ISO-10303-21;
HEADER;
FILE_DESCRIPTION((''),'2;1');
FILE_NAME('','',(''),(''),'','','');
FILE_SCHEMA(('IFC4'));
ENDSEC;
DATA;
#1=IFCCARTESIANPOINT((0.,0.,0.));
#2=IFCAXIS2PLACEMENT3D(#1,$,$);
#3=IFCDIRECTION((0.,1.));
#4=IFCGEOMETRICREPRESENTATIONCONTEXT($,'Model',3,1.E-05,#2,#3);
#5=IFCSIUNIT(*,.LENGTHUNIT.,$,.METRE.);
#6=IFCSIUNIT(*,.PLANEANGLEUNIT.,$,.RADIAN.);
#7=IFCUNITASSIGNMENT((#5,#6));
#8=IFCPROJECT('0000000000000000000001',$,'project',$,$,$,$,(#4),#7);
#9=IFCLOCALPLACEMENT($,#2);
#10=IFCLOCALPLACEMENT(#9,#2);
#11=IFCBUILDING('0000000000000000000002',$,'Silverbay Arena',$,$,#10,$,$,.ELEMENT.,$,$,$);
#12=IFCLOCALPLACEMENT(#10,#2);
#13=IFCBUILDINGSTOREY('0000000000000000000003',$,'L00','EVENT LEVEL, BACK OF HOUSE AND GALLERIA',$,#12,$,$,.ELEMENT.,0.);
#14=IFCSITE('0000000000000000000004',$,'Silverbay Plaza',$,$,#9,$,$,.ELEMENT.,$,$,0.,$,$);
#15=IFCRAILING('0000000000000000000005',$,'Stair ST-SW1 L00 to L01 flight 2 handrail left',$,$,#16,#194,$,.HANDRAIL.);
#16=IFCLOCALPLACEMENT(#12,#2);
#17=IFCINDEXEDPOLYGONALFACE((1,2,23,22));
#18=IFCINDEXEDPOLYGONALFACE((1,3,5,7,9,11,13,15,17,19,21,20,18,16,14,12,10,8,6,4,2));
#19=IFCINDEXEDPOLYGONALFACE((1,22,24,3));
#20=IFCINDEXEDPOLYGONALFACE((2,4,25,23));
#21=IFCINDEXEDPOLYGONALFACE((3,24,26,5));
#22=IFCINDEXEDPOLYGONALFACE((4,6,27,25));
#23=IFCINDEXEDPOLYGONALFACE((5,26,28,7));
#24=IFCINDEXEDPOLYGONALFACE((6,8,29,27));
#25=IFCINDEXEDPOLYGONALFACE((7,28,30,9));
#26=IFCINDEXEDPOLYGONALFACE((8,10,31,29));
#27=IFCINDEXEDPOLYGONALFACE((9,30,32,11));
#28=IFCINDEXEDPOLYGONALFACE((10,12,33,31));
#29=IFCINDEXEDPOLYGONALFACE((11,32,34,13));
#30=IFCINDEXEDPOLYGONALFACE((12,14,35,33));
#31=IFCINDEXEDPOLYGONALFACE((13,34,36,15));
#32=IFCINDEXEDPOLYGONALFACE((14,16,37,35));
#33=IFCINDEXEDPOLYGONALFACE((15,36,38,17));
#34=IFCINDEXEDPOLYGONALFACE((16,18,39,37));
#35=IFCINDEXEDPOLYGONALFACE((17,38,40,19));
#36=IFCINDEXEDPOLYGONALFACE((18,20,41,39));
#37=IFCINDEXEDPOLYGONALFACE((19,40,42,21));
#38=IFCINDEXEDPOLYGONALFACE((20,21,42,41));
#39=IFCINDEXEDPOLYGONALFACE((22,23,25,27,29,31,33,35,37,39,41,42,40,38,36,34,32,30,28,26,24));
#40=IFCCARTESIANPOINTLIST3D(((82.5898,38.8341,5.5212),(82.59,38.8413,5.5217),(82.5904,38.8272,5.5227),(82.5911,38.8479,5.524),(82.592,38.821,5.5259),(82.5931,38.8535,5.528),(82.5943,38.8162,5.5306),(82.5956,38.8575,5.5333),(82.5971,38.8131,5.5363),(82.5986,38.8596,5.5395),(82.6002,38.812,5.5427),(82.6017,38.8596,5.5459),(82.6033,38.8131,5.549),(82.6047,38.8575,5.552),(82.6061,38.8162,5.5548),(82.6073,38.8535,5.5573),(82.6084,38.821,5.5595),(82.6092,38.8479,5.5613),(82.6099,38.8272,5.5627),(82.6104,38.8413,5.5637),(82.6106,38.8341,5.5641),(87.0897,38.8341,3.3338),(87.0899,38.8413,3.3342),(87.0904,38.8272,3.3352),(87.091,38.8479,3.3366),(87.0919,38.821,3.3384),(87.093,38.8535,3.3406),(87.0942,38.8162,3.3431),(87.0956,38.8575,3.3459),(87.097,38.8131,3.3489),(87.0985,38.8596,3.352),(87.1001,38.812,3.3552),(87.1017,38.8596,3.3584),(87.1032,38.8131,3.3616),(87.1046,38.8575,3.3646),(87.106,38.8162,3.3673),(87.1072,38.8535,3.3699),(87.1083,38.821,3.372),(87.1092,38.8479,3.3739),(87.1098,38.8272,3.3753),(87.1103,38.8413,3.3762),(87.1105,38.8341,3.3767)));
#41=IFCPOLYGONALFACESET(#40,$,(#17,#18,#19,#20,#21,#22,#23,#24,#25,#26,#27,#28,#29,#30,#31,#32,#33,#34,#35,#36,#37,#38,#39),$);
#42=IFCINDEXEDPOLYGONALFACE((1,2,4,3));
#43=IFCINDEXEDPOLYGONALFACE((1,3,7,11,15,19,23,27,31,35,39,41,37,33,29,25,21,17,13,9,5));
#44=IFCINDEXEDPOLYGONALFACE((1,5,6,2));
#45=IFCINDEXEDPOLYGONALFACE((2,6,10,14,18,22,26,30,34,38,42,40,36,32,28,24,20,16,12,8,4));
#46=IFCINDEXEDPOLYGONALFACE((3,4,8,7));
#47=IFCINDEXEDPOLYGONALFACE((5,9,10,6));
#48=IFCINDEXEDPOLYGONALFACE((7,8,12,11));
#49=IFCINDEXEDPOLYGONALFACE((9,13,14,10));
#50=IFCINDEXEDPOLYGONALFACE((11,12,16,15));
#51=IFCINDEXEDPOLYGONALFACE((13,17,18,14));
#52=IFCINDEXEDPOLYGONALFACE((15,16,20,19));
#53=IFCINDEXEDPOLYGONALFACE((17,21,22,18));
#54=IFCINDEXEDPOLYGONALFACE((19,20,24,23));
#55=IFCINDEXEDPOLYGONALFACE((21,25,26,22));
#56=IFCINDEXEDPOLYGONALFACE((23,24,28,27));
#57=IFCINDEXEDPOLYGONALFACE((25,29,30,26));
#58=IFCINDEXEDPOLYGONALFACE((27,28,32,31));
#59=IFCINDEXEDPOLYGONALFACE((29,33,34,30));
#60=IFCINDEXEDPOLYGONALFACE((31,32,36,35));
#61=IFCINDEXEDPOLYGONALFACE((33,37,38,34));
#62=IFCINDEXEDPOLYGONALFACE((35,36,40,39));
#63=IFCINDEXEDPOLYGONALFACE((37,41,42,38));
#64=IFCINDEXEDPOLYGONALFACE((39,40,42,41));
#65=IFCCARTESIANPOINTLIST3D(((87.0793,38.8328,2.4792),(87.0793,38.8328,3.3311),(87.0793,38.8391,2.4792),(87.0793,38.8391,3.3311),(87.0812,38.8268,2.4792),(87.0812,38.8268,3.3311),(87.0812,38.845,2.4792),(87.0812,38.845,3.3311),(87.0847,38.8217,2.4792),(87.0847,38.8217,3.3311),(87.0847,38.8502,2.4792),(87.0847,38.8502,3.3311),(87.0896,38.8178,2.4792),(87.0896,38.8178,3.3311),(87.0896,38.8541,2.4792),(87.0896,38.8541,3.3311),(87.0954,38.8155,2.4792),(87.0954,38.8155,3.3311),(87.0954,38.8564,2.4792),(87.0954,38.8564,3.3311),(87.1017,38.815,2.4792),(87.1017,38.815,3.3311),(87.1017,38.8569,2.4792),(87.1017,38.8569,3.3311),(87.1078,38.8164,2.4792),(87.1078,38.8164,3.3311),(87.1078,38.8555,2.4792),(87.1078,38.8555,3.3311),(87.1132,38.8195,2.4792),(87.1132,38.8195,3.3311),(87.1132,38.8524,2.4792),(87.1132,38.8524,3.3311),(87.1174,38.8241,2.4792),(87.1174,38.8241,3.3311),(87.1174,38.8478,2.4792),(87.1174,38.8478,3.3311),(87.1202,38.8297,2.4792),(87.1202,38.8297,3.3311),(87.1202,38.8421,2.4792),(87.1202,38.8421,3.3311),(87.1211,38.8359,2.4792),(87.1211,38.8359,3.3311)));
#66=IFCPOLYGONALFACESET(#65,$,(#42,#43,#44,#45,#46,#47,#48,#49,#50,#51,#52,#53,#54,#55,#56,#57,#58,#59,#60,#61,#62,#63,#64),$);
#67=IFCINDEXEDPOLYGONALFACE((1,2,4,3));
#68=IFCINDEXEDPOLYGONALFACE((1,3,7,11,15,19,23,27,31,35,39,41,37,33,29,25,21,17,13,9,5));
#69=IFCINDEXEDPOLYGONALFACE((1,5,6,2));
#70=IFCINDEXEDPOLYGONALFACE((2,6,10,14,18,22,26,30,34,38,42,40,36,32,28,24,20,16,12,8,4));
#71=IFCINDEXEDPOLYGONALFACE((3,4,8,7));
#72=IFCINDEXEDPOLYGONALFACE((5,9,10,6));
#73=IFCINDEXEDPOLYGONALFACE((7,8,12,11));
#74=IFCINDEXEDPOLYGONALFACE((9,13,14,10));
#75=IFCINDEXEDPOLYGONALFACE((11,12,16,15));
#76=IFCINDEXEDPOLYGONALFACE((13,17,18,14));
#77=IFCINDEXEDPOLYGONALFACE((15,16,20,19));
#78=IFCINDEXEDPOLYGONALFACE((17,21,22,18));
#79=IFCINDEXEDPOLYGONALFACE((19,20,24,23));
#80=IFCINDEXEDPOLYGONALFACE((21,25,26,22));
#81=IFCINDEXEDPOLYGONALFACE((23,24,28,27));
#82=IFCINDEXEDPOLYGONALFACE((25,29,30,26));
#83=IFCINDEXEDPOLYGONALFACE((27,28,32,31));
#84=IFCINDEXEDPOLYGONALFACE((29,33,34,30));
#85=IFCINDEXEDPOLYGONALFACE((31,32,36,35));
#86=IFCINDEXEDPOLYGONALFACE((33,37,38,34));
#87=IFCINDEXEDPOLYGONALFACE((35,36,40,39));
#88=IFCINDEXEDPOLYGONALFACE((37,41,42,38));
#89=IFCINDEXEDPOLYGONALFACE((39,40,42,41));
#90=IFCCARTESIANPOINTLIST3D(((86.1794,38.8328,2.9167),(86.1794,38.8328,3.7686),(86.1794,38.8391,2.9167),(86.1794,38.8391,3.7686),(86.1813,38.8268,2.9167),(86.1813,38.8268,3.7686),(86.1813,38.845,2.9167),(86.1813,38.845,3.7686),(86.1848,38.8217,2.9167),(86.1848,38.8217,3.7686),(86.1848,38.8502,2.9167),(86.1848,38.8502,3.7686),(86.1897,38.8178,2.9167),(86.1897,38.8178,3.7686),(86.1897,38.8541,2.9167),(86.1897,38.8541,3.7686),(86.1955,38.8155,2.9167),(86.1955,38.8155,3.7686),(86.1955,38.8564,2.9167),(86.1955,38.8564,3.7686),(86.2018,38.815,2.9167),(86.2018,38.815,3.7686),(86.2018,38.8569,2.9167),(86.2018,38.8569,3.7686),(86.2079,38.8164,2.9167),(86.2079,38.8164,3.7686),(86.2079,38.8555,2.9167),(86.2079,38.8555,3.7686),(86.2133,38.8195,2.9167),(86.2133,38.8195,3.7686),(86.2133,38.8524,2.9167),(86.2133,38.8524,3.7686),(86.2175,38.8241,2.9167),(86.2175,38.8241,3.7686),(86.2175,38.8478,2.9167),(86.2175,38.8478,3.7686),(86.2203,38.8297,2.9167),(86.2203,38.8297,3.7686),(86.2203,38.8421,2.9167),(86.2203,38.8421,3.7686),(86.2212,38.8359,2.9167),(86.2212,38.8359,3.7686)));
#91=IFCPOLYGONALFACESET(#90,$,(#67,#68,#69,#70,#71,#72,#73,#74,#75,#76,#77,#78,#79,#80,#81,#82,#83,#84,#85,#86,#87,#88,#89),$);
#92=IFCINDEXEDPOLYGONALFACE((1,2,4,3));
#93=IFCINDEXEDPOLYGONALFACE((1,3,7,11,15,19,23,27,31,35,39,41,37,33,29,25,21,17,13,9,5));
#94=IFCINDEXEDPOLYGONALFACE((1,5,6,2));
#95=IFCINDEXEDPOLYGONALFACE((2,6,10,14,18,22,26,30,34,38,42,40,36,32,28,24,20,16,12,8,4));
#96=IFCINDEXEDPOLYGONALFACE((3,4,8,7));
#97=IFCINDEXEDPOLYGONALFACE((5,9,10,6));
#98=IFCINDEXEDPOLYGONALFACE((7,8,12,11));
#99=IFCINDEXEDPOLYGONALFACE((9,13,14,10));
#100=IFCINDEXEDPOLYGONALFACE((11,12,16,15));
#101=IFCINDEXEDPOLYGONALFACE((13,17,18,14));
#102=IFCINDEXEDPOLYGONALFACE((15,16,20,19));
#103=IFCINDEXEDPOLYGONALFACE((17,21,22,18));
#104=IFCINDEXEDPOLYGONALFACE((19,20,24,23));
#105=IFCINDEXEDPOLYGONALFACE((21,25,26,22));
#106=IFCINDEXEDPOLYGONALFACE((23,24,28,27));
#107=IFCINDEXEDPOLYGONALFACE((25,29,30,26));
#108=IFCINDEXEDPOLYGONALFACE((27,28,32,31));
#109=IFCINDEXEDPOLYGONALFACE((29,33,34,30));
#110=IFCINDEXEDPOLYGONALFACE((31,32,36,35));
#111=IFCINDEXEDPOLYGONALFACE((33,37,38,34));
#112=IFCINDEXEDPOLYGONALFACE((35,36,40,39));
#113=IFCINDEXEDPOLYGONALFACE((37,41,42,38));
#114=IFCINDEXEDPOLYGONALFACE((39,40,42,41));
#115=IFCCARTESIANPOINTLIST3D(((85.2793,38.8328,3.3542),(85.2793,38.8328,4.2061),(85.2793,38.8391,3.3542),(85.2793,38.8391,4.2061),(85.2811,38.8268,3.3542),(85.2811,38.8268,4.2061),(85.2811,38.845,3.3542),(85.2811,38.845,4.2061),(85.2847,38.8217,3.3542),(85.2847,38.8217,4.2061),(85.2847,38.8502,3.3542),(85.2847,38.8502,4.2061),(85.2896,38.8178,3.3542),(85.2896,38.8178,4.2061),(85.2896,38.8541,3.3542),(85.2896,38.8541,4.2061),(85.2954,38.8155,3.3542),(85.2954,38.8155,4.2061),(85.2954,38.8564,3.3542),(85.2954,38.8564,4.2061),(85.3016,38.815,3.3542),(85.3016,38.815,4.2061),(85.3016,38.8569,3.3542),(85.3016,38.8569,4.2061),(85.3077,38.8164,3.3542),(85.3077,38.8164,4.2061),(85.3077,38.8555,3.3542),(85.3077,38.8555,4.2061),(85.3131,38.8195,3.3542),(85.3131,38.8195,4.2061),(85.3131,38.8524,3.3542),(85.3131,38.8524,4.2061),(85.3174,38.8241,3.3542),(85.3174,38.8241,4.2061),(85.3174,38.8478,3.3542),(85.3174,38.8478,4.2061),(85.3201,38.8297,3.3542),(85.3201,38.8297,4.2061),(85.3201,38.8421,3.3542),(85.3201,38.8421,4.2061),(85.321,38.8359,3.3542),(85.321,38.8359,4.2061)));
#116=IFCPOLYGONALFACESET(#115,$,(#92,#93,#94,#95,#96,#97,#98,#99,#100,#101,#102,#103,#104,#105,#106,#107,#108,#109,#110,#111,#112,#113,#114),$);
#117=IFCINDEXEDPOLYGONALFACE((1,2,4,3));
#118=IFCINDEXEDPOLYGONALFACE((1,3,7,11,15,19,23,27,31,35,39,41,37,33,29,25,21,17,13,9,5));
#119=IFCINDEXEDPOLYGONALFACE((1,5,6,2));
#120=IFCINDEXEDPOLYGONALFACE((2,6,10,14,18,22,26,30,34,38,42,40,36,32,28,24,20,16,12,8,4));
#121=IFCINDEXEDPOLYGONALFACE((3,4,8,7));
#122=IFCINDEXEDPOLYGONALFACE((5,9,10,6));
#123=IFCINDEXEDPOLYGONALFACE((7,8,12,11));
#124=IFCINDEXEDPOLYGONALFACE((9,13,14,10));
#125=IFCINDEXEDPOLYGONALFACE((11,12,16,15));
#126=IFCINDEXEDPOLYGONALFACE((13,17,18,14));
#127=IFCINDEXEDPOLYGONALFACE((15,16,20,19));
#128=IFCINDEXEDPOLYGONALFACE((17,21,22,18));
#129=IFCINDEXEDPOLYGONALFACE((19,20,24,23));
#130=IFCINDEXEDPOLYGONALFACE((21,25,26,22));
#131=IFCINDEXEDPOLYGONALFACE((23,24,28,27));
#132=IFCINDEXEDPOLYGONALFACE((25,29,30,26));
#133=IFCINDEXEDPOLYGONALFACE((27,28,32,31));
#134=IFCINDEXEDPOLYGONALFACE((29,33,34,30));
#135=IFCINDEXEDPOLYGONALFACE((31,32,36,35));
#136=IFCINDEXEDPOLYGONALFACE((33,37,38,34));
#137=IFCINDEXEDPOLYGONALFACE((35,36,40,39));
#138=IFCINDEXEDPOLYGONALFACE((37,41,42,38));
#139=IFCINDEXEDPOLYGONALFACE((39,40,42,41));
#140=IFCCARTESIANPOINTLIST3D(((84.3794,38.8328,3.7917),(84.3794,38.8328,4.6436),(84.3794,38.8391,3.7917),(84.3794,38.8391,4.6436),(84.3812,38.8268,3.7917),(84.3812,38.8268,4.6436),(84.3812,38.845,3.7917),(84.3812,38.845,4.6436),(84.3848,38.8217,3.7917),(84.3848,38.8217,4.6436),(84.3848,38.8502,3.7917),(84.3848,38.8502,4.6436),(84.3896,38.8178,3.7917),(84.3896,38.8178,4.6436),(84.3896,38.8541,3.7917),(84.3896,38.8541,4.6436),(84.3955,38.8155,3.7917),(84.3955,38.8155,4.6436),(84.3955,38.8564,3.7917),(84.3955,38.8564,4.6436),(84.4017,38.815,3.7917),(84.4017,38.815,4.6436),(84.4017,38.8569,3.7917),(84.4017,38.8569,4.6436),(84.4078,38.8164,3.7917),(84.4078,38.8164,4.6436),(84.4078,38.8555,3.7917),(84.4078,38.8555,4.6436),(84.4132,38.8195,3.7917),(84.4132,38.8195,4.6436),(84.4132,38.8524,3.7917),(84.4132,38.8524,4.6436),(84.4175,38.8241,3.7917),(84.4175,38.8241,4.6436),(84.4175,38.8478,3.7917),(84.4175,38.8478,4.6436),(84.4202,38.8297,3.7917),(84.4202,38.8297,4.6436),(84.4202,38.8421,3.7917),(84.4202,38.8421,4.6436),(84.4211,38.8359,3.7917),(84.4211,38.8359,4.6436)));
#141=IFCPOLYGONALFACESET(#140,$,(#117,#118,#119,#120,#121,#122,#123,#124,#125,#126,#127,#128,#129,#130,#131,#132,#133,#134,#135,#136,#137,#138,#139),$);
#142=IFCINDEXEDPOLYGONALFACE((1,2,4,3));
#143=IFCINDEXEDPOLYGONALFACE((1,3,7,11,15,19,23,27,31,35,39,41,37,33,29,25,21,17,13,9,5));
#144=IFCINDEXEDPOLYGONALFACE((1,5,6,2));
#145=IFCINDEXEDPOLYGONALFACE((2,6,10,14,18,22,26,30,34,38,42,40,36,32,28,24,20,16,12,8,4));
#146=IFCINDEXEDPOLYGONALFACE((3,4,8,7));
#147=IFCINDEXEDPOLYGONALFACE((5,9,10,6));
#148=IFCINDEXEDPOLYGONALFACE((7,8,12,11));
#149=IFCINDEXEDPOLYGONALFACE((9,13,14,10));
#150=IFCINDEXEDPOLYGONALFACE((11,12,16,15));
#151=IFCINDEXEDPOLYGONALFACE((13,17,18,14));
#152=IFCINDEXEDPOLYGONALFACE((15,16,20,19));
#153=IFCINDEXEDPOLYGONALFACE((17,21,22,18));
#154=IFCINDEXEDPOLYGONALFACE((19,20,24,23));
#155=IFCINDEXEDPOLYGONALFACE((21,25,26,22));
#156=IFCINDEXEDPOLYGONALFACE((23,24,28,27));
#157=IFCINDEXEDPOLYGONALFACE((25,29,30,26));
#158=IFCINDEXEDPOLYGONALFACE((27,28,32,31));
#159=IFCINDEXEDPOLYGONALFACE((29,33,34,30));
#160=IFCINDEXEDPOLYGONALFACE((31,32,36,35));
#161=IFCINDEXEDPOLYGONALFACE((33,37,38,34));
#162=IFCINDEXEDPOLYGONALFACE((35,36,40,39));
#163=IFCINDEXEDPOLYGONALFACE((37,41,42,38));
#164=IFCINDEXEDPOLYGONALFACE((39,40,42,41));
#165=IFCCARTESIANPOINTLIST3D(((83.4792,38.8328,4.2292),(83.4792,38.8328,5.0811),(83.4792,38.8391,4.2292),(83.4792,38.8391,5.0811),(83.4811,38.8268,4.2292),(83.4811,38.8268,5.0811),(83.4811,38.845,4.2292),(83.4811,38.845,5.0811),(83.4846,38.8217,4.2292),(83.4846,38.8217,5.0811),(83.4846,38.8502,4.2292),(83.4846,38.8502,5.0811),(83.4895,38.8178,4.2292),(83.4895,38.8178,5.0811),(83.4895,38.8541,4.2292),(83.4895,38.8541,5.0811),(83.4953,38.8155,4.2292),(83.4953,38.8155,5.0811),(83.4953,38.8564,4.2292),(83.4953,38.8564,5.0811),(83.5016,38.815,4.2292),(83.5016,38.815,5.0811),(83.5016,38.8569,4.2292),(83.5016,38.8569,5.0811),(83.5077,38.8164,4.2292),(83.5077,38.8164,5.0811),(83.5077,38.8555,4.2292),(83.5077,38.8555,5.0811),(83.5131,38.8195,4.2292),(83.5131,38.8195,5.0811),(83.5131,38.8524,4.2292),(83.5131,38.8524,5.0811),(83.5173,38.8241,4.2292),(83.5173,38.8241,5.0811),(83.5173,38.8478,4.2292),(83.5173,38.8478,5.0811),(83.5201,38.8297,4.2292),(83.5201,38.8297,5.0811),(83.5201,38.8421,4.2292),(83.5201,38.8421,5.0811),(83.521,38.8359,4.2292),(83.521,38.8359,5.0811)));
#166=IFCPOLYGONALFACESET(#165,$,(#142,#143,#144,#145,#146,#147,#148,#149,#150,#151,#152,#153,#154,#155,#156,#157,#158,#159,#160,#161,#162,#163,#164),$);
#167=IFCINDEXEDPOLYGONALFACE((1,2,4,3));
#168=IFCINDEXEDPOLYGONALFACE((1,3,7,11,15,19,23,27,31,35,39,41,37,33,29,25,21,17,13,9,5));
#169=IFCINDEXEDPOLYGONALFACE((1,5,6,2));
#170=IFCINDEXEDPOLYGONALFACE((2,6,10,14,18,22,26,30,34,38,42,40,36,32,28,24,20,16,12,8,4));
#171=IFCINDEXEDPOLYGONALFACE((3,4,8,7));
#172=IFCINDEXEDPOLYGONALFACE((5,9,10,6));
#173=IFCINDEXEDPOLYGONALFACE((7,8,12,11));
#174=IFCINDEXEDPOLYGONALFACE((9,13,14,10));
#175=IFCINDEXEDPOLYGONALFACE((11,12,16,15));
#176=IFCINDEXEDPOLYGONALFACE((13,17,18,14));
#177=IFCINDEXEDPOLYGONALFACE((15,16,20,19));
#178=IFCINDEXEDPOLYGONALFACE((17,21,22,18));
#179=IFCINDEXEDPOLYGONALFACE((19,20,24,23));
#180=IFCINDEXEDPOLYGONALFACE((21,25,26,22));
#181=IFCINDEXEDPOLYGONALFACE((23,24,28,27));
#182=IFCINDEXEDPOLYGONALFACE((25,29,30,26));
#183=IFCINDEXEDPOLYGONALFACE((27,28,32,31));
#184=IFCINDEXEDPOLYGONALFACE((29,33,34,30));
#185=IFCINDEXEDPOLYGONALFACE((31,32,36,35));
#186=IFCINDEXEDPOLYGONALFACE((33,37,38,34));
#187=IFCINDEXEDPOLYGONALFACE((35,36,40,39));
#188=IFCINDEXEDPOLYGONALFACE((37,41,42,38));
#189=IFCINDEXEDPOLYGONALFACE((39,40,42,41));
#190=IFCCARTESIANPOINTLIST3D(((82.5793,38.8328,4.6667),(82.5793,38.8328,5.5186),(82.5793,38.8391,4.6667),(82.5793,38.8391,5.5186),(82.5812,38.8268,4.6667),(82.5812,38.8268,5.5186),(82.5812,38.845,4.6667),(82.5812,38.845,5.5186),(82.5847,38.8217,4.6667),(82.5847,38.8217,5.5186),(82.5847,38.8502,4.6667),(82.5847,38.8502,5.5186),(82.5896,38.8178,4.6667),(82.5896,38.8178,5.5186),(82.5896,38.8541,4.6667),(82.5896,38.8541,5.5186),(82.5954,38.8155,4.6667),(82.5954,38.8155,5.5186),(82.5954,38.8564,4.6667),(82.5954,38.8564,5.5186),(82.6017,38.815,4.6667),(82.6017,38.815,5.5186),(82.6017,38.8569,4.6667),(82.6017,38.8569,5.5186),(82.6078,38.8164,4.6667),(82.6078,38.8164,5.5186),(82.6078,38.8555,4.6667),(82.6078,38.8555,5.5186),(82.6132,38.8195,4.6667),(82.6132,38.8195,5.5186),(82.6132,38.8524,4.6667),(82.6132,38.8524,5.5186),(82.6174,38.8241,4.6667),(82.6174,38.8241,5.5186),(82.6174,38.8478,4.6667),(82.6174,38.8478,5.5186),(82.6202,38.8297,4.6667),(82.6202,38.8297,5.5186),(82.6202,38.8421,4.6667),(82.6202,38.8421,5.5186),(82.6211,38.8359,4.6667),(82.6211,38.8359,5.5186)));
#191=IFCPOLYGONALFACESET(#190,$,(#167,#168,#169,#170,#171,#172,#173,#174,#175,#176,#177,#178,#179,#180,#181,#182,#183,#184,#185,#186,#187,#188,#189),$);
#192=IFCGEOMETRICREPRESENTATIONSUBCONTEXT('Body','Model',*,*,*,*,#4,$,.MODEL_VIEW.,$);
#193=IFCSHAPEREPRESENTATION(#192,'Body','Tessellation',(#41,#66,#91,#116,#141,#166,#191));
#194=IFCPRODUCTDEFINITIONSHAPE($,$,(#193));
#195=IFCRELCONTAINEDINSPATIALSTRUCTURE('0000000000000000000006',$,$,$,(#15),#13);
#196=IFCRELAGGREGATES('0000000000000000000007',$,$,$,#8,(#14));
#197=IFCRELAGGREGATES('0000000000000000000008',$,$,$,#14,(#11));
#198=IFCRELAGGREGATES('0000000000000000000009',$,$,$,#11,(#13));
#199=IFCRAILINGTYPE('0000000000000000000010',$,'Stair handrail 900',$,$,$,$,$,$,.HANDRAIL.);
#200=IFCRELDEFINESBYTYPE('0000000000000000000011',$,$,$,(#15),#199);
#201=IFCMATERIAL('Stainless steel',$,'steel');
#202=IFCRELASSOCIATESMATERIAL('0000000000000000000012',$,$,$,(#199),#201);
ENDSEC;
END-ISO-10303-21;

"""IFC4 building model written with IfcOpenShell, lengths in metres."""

from ifc_helpers import new_model, si_unit, direction, frame, origin, origin_2d, place, context, subcontext, project, spatial, circle, extrude, material, type_object, element, save


model = new_model("IFC4")

# Units and contexts
model_context = context("Model", 3, precision=1e-05, world=origin(), true_north=direction((0.0, 1.0)))
body_context = subcontext(model_context, "Body", "Model", "MODEL_VIEW")
ifc_project = project(units=[si_unit("LENGTHUNIT", "METRE"), si_unit("PLANEANGLEUNIT", "RADIAN")], contexts=[model_context])

# Site, building, storey
site_placement = place(None, origin())
site = spatial("IfcSite", under=ifc_project, at=site_placement, Name="Silverbay Plaza", CompositionType="ELEMENT", RefElevation=0.0)
building_placement = place(site_placement, origin())
building = spatial("IfcBuilding", under=site, at=building_placement, Name="Silverbay Arena", CompositionType="ELEMENT")
storey_placement = place(building_placement, origin())
storey = spatial("IfcBuildingStorey", under=building, at=storey_placement, Name="L00", Description="EVENT LEVEL, BACK OF HOUSE AND GALLERIA", CompositionType="ELEMENT", Elevation=0.0)

# Railing
ifc_material_1 = material(Name="Stainless steel", Category="steel")
railing_type_1 = type_object("IfcRailingType", Name="Stair handrail 900", PredefinedType="HANDRAIL", material=ifc_material_1)
railing_1_placement = place(storey_placement, frame((87.1001, 38.8359, 2.4792)))
element("IfcRailing", 1, at=railing_1_placement, inside=storey, type_object=railing_type_1, Name="Stair ST-SW1 L00 to L01 flight 2 handrail left", PredefinedType="HANDRAIL", context=body_context, shape_type="SweptSolid", body=[
    extrude(circle(Radius=0.0239, at=origin_2d()), frame((0.0, 0.0, 0.876), z_axis=(-0.899368, 0.0, 0.437193), x_axis=(0.0, -1.0, 0.0)), (0.0, 0.0, 1.0), 5.0034),
    extrude(circle(Radius=0.021, at=origin_2d()), origin(), (0.0, 0.0, 1.0), 0.8518),
    extrude(circle(Radius=0.021, at=origin_2d()), frame((-0.8999, 0.0, 0.4375)), (0.0, 0.0, 1.0), 0.8518),
    extrude(circle(Radius=0.021, at=origin_2d()), frame((-1.8, 0.0, 0.875)), (0.0, 0.0, 1.0), 0.8518),
    extrude(circle(Radius=0.021, at=origin_2d()), frame((-2.7, 0.0, 1.3125)), (0.0, 0.0, 1.0), 0.8518),
    extrude(circle(Radius=0.021, at=origin_2d()), frame((-3.6001, 0.0, 1.75)), (0.0, 0.0, 1.0), 0.8518),
    extrude(circle(Radius=0.021, at=origin_2d()), frame((-4.5, 0.0, 2.1875)), (0.0, 0.0, 1.0), 0.8518),
])

save(model, "model.ifc")
